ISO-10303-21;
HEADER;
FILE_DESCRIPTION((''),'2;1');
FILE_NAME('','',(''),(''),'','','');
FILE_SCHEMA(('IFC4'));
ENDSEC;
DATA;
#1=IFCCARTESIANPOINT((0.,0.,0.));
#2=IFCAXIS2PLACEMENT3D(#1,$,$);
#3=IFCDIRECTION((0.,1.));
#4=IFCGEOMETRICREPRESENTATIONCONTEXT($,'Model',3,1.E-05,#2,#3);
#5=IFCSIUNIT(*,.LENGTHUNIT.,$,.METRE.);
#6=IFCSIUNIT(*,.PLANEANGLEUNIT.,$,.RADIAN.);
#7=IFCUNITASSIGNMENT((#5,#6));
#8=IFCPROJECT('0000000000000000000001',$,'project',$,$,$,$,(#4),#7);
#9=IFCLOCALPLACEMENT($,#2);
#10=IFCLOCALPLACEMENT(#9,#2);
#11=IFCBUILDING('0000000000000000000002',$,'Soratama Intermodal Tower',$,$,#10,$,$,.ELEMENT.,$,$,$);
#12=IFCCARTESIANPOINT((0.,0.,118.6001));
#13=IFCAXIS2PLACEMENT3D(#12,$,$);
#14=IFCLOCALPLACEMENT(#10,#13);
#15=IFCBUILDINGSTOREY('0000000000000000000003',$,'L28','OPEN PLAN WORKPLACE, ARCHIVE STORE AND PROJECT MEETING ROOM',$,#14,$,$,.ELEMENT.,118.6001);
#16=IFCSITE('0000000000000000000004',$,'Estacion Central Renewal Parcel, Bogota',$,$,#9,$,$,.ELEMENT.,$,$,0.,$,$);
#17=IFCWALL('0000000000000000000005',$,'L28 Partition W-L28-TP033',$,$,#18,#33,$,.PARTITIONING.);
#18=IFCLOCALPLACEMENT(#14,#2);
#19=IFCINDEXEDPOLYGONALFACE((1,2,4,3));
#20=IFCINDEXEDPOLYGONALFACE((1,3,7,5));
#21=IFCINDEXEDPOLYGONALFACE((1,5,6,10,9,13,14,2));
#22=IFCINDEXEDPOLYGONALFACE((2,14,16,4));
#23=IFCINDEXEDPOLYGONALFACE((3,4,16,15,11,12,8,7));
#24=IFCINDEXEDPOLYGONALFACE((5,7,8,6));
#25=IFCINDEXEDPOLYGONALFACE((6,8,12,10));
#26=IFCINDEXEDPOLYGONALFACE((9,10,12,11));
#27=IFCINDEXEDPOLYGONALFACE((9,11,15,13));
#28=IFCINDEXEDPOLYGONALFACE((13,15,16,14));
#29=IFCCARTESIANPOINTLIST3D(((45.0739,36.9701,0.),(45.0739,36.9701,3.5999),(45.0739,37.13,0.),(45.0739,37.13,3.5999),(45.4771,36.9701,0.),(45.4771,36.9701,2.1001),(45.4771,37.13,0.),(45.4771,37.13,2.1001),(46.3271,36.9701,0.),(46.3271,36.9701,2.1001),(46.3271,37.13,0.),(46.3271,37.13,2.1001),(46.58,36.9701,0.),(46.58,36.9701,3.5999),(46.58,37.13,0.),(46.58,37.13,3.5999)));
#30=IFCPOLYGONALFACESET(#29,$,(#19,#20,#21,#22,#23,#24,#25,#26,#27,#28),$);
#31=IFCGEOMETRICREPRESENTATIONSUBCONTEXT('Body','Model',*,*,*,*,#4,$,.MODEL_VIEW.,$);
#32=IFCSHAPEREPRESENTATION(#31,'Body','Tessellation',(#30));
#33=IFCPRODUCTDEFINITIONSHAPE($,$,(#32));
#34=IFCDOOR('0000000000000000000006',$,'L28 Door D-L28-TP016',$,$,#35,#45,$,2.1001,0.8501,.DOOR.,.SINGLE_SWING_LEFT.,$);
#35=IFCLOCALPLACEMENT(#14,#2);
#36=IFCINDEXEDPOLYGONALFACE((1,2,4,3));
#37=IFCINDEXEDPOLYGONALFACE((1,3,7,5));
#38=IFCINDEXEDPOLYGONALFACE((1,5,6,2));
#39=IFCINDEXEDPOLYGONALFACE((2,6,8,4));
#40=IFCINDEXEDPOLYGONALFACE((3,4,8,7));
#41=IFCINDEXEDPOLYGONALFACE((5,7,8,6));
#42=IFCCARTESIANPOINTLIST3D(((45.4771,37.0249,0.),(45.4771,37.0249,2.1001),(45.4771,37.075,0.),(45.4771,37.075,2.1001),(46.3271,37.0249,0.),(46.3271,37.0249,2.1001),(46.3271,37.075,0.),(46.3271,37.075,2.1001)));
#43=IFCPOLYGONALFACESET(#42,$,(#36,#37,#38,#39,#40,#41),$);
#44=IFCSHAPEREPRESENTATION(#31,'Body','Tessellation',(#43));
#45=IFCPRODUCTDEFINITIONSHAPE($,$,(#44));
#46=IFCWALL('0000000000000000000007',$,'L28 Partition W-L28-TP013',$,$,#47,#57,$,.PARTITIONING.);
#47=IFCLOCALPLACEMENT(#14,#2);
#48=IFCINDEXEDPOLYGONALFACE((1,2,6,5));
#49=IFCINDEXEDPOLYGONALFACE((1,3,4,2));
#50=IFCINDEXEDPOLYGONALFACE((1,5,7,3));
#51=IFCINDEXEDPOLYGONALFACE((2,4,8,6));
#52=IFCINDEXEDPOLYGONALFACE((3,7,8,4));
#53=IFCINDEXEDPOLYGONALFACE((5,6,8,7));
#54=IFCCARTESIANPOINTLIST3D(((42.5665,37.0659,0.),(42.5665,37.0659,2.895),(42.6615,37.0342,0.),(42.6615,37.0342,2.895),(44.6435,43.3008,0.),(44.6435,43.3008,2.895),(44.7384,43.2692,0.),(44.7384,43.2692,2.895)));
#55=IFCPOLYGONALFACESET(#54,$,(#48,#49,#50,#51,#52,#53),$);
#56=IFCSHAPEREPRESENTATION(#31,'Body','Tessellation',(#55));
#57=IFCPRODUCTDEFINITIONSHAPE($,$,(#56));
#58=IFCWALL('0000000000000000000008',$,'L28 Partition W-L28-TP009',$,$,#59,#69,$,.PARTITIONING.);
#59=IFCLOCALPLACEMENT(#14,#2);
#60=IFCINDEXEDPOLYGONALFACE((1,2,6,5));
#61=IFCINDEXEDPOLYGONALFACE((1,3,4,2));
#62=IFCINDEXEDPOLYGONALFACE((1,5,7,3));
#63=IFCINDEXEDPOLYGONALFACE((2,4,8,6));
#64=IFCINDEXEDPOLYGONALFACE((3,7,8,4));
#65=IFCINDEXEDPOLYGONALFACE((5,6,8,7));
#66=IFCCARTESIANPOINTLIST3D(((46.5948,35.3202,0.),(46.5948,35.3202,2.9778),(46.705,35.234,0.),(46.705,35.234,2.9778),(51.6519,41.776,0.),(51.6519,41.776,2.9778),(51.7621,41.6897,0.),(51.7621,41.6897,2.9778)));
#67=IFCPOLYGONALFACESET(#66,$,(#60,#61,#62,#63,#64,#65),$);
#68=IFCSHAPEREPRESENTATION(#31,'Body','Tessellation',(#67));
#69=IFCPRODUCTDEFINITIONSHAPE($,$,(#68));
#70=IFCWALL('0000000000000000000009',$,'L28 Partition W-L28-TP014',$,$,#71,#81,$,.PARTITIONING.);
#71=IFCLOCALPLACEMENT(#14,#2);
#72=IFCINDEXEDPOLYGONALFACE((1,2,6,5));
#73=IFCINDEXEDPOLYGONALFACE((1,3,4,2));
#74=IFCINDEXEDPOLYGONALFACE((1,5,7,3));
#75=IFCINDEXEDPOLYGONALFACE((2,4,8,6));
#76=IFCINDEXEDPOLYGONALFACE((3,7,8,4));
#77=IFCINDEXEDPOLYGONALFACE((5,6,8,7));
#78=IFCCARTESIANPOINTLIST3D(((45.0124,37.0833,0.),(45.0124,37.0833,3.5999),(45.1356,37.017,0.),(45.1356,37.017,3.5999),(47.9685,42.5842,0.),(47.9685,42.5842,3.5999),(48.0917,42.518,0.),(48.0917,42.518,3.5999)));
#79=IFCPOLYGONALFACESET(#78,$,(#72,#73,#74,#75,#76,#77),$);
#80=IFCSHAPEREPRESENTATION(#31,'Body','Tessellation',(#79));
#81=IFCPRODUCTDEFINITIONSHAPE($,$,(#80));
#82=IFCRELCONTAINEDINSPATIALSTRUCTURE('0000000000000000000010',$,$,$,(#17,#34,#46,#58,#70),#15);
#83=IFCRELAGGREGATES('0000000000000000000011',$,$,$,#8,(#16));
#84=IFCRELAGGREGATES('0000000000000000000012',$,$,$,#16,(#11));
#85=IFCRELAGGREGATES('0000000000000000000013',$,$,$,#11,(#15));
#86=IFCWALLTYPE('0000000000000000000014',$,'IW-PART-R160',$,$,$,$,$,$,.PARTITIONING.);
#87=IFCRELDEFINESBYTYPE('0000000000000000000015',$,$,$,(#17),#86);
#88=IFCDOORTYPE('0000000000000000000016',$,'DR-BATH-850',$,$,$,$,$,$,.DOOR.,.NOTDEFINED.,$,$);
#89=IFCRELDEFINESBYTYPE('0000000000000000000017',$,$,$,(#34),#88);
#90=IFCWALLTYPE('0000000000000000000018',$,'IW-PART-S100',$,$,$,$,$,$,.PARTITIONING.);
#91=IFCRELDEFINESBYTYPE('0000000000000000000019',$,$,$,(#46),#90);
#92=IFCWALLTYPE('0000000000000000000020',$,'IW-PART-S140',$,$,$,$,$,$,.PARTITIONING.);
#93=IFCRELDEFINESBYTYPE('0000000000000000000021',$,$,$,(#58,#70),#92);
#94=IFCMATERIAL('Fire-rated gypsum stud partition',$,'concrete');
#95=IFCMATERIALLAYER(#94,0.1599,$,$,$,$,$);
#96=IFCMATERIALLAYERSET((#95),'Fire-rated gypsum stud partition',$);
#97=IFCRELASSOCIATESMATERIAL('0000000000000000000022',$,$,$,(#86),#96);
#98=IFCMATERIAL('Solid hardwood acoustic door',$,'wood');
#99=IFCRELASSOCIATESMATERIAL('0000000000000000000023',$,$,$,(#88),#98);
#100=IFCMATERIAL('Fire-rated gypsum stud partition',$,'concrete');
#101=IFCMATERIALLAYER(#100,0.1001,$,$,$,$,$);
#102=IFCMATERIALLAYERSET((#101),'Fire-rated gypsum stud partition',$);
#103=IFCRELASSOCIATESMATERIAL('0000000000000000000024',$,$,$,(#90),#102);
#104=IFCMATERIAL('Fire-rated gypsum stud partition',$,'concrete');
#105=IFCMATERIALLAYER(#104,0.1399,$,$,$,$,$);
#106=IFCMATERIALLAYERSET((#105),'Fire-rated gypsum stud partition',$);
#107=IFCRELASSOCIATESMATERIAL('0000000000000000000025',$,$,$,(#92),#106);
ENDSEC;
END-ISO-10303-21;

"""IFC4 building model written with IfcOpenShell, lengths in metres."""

from ifc_helpers import new_model, si_unit, direction, frame, frame_2d, origin, place, context, subcontext, project, spatial, rectangle, extrude, material, layer, layer_set, type_object, element, fill, save


model = new_model("IFC4")

# Units and contexts
model_context = context("Model", 3, precision=1e-05, world=origin(), true_north=direction((0.0, 1.0)))
body_context = subcontext(model_context, "Body", "Model", "MODEL_VIEW")
ifc_project = project(units=[si_unit("LENGTHUNIT", "METRE"), si_unit("PLANEANGLEUNIT", "RADIAN")], contexts=[model_context])

# Site, building, storey
site_placement = place(None, origin())
site = spatial("IfcSite", under=ifc_project, at=site_placement, Name="Estacion Central Renewal Parcel, Bogota", CompositionType="ELEMENT", RefElevation=0.0)
building_placement = place(site_placement, origin())
building = spatial("IfcBuilding", under=site, at=building_placement, Name="Soratama Intermodal Tower", CompositionType="ELEMENT")
storey_placement = place(building_placement, frame((0.0, 0.0, 118.6001)))
storey = spatial("IfcBuildingStorey", under=building, at=storey_placement, Name="L28", Description="OPEN PLAN WORKPLACE, ARCHIVE STORE AND PROJECT MEETING ROOM", CompositionType="ELEMENT", Elevation=118.6001)

# Wall, opening, door
ifc_material_1 = material(Name="Fire-rated gypsum stud partition", Category="concrete")
ifc_layer_1 = layer(ifc_material_1, 0.1599)
ifc_layer_set_1 = layer_set([ifc_layer_1], Name="Fire-rated gypsum stud partition")
wall_type_1 = type_object("IfcWallType", Name="IW-PART-R160", PredefinedType="PARTITIONING", material=ifc_layer_set_1)
wall_1_placement = place(storey_placement, frame((45.074, 37.05, 0.0), z_axis=(0.0, 0.0, 1.0), x_axis=(1.0, 0.0, 0.0)))
wall_1 = element("IfcWall", 1, at=wall_1_placement, inside=storey, type_object=wall_type_1, Name="L28 Partition W-L28-TP033", PredefinedType="PARTITIONING", context=body_context, shape_type="SweptSolid", body=[
    extrude(rectangle(XDim=1.5061, YDim=0.1599, at=frame_2d((0.7529, 0.0))), origin(), (0.0, 0.0, 1.0), 3.5999),
])
opening_1_placement = place(wall_1_placement, frame((0.4031, 0.0, 0.0)))
opening_1 = element("IfcOpeningElement", 2, at=opening_1_placement, cuts=wall_1, PredefinedType="OPENING", context=body_context, shape_type="SweptSolid", body=[
    extrude(rectangle(XDim=0.8501, YDim=2.1001, at=frame_2d((0.425, 1.05))), frame((0.0, 0.0898, 0.0), z_axis=(0.0, -1.0, 0.0), x_axis=(1.0, 0.0, 0.0)), (0.0, 0.0, 1.0), 0.1799),
])
ifc_material_2 = material(Name="Solid hardwood acoustic door", Category="wood")
door_type_1 = type_object("IfcDoorType", Name="DR-BATH-850", OperationType="NOTDEFINED", PredefinedType="DOOR", material=ifc_material_2)
door_1_placement = place(opening_1_placement, origin())
door_1 = element("IfcDoor", 3, at=door_1_placement, inside=storey, type_object=door_type_1, Name="L28 Door D-L28-TP016", OperationType="SINGLE_SWING_LEFT", OverallHeight=2.1001, OverallWidth=0.8501, PredefinedType="DOOR", context=body_context, shape_type="SweptSolid", body=[
    extrude(rectangle(XDim=0.8501, YDim=2.1001, at=frame_2d((0.425, 1.05))), frame((0.0, 0.0249, 0.0), z_axis=(0.0, -1.0, 0.0), x_axis=(1.0, 0.0, 0.0)), (0.0, 0.0, 1.0), 0.05),
])
fill(opening_1, door_1)

# Walls
ifc_material_3 = material(Name="Fire-rated gypsum stud partition", Category="concrete")
ifc_layer_2 = layer(ifc_material_3, 0.1001)
ifc_layer_set_2 = layer_set([ifc_layer_2], Name="Fire-rated gypsum stud partition")
wall_type_2 = type_object("IfcWallType", Name="IW-PART-S100", PredefinedType="PARTITIONING", material=ifc_layer_set_2)
wall_2_placement = place(storey_placement, frame((42.614, 37.05, 0.0), z_axis=(0.0, 0.0, 1.0), x_axis=(0.316038, 0.948746, 0.0)))
element("IfcWall", 4, at=wall_2_placement, inside=storey, type_object=wall_type_2, Name="L28 Partition W-L28-TP013", PredefinedType="PARTITIONING", context=body_context, shape_type="SweptSolid", body=[
    extrude(rectangle(XDim=6.5718, YDim=0.1001, at=frame_2d((3.2859, 0.0))), origin(), (0.0, 0.0, 1.0), 2.895),
])
ifc_material_4 = material(Name="Fire-rated gypsum stud partition", Category="concrete")
ifc_layer_3 = layer(ifc_material_4, 0.1399)
ifc_layer_set_3 = layer_set([ifc_layer_3], Name="Fire-rated gypsum stud partition")
wall_type_3 = type_object("IfcWallType", Name="IW-PART-S140", PredefinedType="PARTITIONING", material=ifc_layer_set_3)
wall_3_placement = place(storey_placement, frame((46.6499, 35.2771, 0.0), z_axis=(0.0, 0.0, 1.0), x_axis=(0.616668, 0.787223, 0.0)))
element("IfcWall", 5, at=wall_3_placement, inside=storey, type_object=wall_type_3, Name="L28 Partition W-L28-TP009", PredefinedType="PARTITIONING", context=body_context, shape_type="SweptSolid", body=[
    extrude(rectangle(XDim=8.2007, YDim=0.1399, at=frame_2d((4.1003, 0.0))), origin(), (0.0, 0.0, 1.0), 2.9778),
])
wall_4_placement = place(storey_placement, frame((45.074, 37.05, 0.0), z_axis=(0.0, 0.0, 1.0), x_axis=(0.473354, 0.880872, 0.0)))
element("IfcWall", 6, at=wall_4_placement, inside=storey, type_object=wall_type_3, Name="L28 Partition W-L28-TP014", PredefinedType="PARTITIONING", context=body_context, shape_type="SweptSolid", body=[
    extrude(rectangle(XDim=6.2449, YDim=0.1399, at=frame_2d((3.1226, 0.0))), origin(), (0.0, 0.0, 1.0), 3.5999),
])

save(model, "model.ifc")
